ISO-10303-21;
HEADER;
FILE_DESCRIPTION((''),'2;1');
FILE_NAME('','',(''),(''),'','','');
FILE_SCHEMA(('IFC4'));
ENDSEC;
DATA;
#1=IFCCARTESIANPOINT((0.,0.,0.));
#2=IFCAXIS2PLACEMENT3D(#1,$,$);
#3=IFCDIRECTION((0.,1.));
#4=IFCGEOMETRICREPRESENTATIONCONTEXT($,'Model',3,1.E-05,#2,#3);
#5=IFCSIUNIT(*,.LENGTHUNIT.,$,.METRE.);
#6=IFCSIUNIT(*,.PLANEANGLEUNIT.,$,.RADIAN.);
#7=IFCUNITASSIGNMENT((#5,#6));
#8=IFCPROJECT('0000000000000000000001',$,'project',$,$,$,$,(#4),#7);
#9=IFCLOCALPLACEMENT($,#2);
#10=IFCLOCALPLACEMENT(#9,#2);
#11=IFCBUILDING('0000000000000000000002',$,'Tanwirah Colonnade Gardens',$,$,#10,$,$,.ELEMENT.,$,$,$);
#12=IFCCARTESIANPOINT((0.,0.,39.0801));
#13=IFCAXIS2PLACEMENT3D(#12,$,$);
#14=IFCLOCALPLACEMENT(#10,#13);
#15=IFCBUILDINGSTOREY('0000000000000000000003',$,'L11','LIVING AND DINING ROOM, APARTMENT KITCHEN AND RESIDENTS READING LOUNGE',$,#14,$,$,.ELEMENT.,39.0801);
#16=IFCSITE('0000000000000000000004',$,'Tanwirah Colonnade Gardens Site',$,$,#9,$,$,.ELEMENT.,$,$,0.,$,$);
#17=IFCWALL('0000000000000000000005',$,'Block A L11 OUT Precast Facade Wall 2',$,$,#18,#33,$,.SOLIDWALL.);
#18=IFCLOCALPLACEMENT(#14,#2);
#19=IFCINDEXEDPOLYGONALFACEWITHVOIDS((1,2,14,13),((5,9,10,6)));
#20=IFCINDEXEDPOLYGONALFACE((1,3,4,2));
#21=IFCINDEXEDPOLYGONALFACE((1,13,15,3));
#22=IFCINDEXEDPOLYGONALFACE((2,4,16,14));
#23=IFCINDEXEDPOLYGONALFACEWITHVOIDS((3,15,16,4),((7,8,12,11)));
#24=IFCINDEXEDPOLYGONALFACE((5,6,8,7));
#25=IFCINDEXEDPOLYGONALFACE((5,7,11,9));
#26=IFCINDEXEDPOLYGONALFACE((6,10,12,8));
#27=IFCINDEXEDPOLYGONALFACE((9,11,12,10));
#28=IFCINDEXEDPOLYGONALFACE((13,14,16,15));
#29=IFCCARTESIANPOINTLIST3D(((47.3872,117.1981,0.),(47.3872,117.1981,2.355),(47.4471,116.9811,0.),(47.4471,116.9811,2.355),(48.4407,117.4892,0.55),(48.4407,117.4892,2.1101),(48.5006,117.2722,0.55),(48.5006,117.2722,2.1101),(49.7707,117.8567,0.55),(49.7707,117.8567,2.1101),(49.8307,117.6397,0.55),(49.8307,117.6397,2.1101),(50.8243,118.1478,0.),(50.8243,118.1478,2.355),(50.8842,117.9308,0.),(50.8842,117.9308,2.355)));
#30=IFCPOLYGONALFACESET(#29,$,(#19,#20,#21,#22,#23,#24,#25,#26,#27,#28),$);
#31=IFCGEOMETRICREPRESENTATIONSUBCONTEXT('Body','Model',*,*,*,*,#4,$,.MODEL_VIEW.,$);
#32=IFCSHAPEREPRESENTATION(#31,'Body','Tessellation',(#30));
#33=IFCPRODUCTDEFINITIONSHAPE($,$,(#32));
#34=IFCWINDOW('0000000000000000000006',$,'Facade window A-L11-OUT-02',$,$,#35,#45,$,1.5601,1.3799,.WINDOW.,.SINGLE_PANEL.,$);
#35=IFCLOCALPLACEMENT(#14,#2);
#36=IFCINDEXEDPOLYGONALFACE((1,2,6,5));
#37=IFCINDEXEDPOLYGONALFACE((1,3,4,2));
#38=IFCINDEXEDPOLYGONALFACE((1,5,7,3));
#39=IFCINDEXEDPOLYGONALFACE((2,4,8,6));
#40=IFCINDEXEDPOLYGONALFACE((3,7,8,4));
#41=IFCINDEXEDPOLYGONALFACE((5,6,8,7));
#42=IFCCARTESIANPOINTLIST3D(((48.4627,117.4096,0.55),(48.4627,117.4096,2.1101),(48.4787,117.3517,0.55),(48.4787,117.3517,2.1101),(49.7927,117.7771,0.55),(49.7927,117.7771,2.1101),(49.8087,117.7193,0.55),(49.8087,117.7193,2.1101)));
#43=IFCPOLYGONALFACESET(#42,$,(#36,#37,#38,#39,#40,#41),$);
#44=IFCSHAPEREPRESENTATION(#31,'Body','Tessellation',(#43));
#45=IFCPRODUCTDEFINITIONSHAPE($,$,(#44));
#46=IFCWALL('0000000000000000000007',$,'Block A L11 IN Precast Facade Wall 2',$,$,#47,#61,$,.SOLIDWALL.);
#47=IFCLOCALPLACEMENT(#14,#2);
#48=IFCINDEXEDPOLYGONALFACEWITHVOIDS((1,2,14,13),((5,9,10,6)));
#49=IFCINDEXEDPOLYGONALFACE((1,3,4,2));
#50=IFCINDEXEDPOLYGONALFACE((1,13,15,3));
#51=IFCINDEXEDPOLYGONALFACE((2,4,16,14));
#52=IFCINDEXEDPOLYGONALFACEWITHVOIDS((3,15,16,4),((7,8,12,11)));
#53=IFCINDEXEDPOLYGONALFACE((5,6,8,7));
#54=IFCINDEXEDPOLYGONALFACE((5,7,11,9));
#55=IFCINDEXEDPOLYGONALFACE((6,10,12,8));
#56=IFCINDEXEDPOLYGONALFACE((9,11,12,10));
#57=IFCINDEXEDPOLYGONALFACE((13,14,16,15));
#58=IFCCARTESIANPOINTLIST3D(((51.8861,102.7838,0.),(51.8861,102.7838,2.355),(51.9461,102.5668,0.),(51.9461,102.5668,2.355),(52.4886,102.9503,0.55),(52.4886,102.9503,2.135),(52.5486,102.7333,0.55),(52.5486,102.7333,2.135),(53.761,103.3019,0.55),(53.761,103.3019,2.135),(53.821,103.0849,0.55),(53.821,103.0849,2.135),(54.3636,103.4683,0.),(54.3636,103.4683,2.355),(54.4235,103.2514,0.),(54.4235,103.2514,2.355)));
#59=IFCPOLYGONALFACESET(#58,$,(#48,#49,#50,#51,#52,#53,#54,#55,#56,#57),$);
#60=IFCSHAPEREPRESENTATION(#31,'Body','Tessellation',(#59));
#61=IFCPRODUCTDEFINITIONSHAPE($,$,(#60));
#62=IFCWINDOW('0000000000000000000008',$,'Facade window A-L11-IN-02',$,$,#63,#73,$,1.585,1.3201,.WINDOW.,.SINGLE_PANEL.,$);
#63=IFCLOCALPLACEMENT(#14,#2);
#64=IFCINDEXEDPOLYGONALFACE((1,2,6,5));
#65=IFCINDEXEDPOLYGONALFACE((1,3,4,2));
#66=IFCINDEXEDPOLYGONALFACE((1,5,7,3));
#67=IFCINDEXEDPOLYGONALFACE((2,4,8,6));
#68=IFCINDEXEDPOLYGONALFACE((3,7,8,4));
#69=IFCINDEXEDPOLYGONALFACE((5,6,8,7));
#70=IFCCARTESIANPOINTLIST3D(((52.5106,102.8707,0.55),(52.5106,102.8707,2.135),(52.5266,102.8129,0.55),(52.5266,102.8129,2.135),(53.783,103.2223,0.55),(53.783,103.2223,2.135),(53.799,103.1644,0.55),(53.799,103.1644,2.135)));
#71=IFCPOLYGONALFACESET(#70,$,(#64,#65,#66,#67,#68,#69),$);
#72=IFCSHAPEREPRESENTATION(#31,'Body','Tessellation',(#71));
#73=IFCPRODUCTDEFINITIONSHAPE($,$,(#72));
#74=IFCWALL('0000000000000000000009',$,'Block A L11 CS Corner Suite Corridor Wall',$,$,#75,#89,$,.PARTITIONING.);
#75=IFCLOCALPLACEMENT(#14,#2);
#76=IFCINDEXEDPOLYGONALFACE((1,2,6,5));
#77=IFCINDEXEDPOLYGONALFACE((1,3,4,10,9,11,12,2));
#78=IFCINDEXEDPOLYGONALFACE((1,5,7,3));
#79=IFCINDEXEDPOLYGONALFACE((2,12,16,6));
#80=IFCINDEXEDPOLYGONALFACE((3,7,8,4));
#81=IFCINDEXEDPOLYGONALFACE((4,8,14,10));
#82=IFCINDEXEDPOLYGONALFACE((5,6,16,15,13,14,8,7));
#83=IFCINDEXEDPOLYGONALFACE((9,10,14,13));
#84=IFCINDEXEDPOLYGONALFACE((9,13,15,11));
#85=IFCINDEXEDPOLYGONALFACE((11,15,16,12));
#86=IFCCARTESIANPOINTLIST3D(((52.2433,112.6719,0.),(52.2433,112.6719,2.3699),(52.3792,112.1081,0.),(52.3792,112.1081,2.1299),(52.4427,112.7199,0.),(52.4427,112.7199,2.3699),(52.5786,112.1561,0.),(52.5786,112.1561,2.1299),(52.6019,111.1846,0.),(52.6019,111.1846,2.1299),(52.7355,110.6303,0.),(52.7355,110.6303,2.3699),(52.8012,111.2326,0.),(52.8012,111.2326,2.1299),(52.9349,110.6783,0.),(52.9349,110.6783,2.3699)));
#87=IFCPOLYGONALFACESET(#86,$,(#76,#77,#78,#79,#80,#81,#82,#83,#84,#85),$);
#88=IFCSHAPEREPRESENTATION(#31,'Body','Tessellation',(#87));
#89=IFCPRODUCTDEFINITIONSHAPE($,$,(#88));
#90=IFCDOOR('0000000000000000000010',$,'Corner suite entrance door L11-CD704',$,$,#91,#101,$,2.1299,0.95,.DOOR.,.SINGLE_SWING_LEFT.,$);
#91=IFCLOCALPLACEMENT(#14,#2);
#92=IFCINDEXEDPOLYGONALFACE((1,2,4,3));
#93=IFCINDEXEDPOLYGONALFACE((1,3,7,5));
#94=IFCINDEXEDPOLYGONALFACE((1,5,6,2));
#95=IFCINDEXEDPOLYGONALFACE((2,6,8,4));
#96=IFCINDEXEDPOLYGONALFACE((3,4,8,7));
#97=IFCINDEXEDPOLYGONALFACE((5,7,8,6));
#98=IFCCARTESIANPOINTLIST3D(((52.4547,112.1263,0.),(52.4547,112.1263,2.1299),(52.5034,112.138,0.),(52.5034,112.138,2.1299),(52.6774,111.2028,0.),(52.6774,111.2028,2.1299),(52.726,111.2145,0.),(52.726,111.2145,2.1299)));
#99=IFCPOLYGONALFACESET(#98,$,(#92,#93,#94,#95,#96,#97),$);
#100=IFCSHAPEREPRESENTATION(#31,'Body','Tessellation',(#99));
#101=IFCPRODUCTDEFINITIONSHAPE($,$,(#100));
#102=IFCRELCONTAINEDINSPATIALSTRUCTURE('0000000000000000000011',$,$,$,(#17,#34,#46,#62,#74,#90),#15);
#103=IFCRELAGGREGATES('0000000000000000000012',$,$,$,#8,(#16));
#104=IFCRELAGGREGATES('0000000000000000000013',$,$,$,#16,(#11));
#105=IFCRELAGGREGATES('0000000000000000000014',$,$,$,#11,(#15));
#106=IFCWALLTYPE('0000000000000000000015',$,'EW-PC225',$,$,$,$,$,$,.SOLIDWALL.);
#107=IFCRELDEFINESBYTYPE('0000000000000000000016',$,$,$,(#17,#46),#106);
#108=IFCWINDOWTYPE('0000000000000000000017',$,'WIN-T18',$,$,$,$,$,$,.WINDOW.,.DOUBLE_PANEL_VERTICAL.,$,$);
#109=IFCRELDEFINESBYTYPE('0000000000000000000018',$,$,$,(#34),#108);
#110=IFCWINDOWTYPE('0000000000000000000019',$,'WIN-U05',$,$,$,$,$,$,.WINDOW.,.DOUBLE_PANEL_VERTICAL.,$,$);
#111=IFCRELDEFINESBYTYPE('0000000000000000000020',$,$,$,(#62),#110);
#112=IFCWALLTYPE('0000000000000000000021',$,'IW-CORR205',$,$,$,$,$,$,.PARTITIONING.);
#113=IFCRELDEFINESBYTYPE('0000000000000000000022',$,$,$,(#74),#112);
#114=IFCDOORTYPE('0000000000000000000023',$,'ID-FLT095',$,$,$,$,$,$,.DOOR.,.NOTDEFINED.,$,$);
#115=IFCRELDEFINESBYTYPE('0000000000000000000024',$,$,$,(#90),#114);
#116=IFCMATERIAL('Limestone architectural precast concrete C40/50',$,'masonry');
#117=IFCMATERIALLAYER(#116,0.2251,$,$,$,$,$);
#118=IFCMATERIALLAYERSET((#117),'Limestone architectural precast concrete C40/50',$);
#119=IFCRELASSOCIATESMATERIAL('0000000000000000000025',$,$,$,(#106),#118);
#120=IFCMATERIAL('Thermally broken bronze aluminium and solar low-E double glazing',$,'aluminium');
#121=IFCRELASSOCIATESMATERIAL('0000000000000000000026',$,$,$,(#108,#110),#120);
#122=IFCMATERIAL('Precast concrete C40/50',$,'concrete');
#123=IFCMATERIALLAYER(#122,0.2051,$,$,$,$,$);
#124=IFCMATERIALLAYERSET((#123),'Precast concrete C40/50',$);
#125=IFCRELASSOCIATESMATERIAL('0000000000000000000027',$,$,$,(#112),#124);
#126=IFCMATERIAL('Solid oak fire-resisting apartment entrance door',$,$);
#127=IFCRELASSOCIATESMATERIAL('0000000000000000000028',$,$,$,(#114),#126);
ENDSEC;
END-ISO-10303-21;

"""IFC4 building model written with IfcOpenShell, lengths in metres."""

from ifc_helpers import new_model, si_unit, direction, frame, frame_2d, origin, place, context, subcontext, project, spatial, rectangle, extrude, material, layer, layer_set, type_object, element, fill, save


model = new_model("IFC4")

# Units and contexts
model_context = context("Model", 3, precision=1e-05, world=origin(), true_north=direction((0.0, 1.0)))
body_context = subcontext(model_context, "Body", "Model", "MODEL_VIEW")
ifc_project = project(units=[si_unit("LENGTHUNIT", "METRE"), si_unit("PLANEANGLEUNIT", "RADIAN")], contexts=[model_context])

# Site, building, storey
site_placement = place(None, origin())
site = spatial("IfcSite", under=ifc_project, at=site_placement, Name="Tanwirah Colonnade Gardens Site", CompositionType="ELEMENT", RefElevation=0.0)
building_placement = place(site_placement, origin())
building = spatial("IfcBuilding", under=site, at=building_placement, Name="Tanwirah Colonnade Gardens", CompositionType="ELEMENT")
storey_placement = place(building_placement, frame((0.0, 0.0, 39.0801)))
storey = spatial("IfcBuildingStorey", under=building, at=storey_placement, Name="L11", Description="LIVING AND DINING ROOM, APARTMENT KITCHEN AND RESIDENTS READING LOUNGE", CompositionType="ELEMENT", Elevation=39.0801)

# Shared definitions
ifc_material_1 = material(Name="Precast concrete C40/50", Category="concrete")

# Walls, openings, windows
ifc_material_2 = material(Name="Limestone architectural precast concrete C40/50", Category="masonry")
ifc_layer_1 = layer(ifc_material_2, 0.2251)
ifc_layer_set_1 = layer_set([ifc_layer_1], Name="Limestone architectural precast concrete C40/50")
wall_type_1 = type_object("IfcWallType", Name="EW-PC225", PredefinedType="SOLIDWALL", material=ifc_layer_set_1)
wall_1_placement = place(storey_placement, frame((50.8542, 118.0393, 0.0), z_axis=(0.0, 0.0, 1.0), x_axis=(-0.96388, -0.266337, 0.0)))
wall_1 = element("IfcWall", 1, at=wall_1_placement, inside=storey, type_object=wall_type_1, Name="Block A L11 OUT Precast Facade Wall 2", PredefinedType="SOLIDWALL", context=body_context, shape_type="SweptSolid", body=[
    extrude(rectangle(XDim=3.5659, YDim=0.2251, at=frame_2d((1.783, 0.0))), origin(), (0.0, 0.0, 1.0), 2.355),
])
opening_1_placement = place(wall_1_placement, frame((1.093, 0.0, 0.55)))
opening_1 = element("IfcOpeningElement", 2, at=opening_1_placement, cuts=wall_1, PredefinedType="OPENING", context=body_context, shape_type="SweptSolid", body=[
    extrude(rectangle(XDim=1.3799, YDim=1.5601, at=frame_2d((0.6899, 0.78))), frame((0.0, 0.1226, 0.0), z_axis=(0.0, -1.0, 0.0), x_axis=(1.0, 0.0, 0.0)), (0.0, 0.0, 1.0), 0.2451),
])
ifc_material_3 = material(Name="Thermally broken bronze aluminium and solar low-E double glazing", Category="aluminium")
window_type_1 = type_object("IfcWindowType", Name="WIN-T18", PartitioningType="DOUBLE_PANEL_VERTICAL", PredefinedType="WINDOW", material=ifc_material_3)
window_1_placement = place(opening_1_placement, origin())
window_1 = element("IfcWindow", 3, at=window_1_placement, inside=storey, type_object=window_type_1, Name="Facade window A-L11-OUT-02", OverallHeight=1.5601, OverallWidth=1.3799, PartitioningType="SINGLE_PANEL", PredefinedType="WINDOW", context=body_context, shape_type="SweptSolid", body=[
    extrude(rectangle(XDim=1.3799, YDim=1.5601, at=frame_2d((0.6899, 0.78))), frame((0.0, 0.03, 0.0), z_axis=(0.0, -1.0, 0.0), x_axis=(1.0, 0.0, 0.0)), (0.0, 0.0, 1.0), 0.0601),
])
fill(opening_1, window_1)
wall_2_placement = place(storey_placement, frame((54.3936, 103.3599, 0.0), z_axis=(0.0, 0.0, 1.0), x_axis=(-0.963882, -0.266331, 0.0)))
wall_2 = element("IfcWall", 4, at=wall_2_placement, inside=storey, type_object=wall_type_1, Name="Block A L11 IN Precast Facade Wall 2", PredefinedType="SOLIDWALL", context=body_context, shape_type="SweptSolid", body=[
    extrude(rectangle(XDim=2.5703, YDim=0.2251, at=frame_2d((1.2852, 0.0))), origin(), (0.0, 0.0, 1.0), 2.355),
])
opening_2_placement = place(wall_2_placement, frame((0.625, 0.0, 0.55)))
opening_2 = element("IfcOpeningElement", 5, at=opening_2_placement, cuts=wall_2, PredefinedType="OPENING", context=body_context, shape_type="SweptSolid", body=[
    extrude(rectangle(XDim=1.3201, YDim=1.585, at=frame_2d((0.6602, 0.7925))), frame((0.0, 0.1226, 0.0), z_axis=(0.0, -1.0, 0.0), x_axis=(1.0, 0.0, 0.0)), (0.0, 0.0, 1.0), 0.2451),
])
window_type_2 = type_object("IfcWindowType", Name="WIN-U05", PartitioningType="DOUBLE_PANEL_VERTICAL", PredefinedType="WINDOW", material=ifc_material_3)
window_2_placement = place(opening_2_placement, origin())
window_2 = element("IfcWindow", 6, at=window_2_placement, inside=storey, type_object=window_type_2, Name="Facade window A-L11-IN-02", OverallHeight=1.585, OverallWidth=1.3201, PartitioningType="SINGLE_PANEL", PredefinedType="WINDOW", context=body_context, shape_type="SweptSolid", body=[
    extrude(rectangle(XDim=1.3201, YDim=1.585, at=frame_2d((0.6602, 0.7925))), frame((0.0, 0.03, 0.0), z_axis=(0.0, -1.0, 0.0), x_axis=(1.0, 0.0, 0.0)), (0.0, 0.0, 1.0), 0.0601),
])
fill(opening_2, window_2)

# Wall, opening, door
ifc_layer_2 = layer(ifc_material_1, 0.2051)
ifc_layer_set_2 = layer_set([ifc_layer_2], Name="Precast concrete C40/50")
wall_type_2 = type_object("IfcWallType", Name="IW-CORR205", PredefinedType="PARTITIONING", material=ifc_layer_set_2)
ifc_material_4 = material(Name="Solid oak fire-resisting apartment entrance door")
wall_3_placement = place(storey_placement, frame((52.8352, 110.6543, 0.0), z_axis=(0.0, 0.0, 1.0), x_axis=(-0.234375, 0.972146, 0.0)))
wall_3 = element("IfcWall", 7, at=wall_3_placement, inside=storey, type_object=wall_type_2, Name="Block A L11 CS Corner Suite Corridor Wall", PredefinedType="PARTITIONING", context=body_context, shape_type="SweptSolid", body=[
    extrude(rectangle(XDim=2.1001, YDim=0.2051, at=frame_2d((1.05, 0.0))), origin(), (0.0, 0.0, 1.0), 2.3699),
])
opening_3_placement = place(wall_3_placement, frame((0.5701, 0.0, 0.0)))
opening_3 = element("IfcOpeningElement", 8, at=opening_3_placement, cuts=wall_3, PredefinedType="OPENING", context=body_context, shape_type="SweptSolid", body=[
    extrude(rectangle(XDim=0.95, YDim=2.1299, at=frame_2d((0.4751, 1.0649))), frame((0.0, 0.1125, 0.0), z_axis=(0.0, -1.0, 0.0), x_axis=(1.0, 0.0, 0.0)), (0.0, 0.0, 1.0), 0.2251),
])
door_type_1 = type_object("IfcDoorType", Name="ID-FLT095", OperationType="NOTDEFINED", PredefinedType="DOOR", material=ifc_material_4)
door_1_placement = place(opening_3_placement, origin())
door_1 = element("IfcDoor", 9, at=door_1_placement, inside=storey, type_object=door_type_1, Name="Corner suite entrance door L11-CD704", OperationType="SINGLE_SWING_LEFT", OverallHeight=2.1299, OverallWidth=0.95, PredefinedType="DOOR", context=body_context, shape_type="SweptSolid", body=[
    extrude(rectangle(XDim=0.95, YDim=2.1299, at=frame_2d((0.4751, 1.0649))), frame((0.0, 0.0249, 0.0), z_axis=(0.0, -1.0, 0.0), x_axis=(1.0, 0.0, 0.0)), (0.0, 0.0, 1.0), 0.05),
])
fill(opening_3, door_1)

save(model, "model.ifc")
